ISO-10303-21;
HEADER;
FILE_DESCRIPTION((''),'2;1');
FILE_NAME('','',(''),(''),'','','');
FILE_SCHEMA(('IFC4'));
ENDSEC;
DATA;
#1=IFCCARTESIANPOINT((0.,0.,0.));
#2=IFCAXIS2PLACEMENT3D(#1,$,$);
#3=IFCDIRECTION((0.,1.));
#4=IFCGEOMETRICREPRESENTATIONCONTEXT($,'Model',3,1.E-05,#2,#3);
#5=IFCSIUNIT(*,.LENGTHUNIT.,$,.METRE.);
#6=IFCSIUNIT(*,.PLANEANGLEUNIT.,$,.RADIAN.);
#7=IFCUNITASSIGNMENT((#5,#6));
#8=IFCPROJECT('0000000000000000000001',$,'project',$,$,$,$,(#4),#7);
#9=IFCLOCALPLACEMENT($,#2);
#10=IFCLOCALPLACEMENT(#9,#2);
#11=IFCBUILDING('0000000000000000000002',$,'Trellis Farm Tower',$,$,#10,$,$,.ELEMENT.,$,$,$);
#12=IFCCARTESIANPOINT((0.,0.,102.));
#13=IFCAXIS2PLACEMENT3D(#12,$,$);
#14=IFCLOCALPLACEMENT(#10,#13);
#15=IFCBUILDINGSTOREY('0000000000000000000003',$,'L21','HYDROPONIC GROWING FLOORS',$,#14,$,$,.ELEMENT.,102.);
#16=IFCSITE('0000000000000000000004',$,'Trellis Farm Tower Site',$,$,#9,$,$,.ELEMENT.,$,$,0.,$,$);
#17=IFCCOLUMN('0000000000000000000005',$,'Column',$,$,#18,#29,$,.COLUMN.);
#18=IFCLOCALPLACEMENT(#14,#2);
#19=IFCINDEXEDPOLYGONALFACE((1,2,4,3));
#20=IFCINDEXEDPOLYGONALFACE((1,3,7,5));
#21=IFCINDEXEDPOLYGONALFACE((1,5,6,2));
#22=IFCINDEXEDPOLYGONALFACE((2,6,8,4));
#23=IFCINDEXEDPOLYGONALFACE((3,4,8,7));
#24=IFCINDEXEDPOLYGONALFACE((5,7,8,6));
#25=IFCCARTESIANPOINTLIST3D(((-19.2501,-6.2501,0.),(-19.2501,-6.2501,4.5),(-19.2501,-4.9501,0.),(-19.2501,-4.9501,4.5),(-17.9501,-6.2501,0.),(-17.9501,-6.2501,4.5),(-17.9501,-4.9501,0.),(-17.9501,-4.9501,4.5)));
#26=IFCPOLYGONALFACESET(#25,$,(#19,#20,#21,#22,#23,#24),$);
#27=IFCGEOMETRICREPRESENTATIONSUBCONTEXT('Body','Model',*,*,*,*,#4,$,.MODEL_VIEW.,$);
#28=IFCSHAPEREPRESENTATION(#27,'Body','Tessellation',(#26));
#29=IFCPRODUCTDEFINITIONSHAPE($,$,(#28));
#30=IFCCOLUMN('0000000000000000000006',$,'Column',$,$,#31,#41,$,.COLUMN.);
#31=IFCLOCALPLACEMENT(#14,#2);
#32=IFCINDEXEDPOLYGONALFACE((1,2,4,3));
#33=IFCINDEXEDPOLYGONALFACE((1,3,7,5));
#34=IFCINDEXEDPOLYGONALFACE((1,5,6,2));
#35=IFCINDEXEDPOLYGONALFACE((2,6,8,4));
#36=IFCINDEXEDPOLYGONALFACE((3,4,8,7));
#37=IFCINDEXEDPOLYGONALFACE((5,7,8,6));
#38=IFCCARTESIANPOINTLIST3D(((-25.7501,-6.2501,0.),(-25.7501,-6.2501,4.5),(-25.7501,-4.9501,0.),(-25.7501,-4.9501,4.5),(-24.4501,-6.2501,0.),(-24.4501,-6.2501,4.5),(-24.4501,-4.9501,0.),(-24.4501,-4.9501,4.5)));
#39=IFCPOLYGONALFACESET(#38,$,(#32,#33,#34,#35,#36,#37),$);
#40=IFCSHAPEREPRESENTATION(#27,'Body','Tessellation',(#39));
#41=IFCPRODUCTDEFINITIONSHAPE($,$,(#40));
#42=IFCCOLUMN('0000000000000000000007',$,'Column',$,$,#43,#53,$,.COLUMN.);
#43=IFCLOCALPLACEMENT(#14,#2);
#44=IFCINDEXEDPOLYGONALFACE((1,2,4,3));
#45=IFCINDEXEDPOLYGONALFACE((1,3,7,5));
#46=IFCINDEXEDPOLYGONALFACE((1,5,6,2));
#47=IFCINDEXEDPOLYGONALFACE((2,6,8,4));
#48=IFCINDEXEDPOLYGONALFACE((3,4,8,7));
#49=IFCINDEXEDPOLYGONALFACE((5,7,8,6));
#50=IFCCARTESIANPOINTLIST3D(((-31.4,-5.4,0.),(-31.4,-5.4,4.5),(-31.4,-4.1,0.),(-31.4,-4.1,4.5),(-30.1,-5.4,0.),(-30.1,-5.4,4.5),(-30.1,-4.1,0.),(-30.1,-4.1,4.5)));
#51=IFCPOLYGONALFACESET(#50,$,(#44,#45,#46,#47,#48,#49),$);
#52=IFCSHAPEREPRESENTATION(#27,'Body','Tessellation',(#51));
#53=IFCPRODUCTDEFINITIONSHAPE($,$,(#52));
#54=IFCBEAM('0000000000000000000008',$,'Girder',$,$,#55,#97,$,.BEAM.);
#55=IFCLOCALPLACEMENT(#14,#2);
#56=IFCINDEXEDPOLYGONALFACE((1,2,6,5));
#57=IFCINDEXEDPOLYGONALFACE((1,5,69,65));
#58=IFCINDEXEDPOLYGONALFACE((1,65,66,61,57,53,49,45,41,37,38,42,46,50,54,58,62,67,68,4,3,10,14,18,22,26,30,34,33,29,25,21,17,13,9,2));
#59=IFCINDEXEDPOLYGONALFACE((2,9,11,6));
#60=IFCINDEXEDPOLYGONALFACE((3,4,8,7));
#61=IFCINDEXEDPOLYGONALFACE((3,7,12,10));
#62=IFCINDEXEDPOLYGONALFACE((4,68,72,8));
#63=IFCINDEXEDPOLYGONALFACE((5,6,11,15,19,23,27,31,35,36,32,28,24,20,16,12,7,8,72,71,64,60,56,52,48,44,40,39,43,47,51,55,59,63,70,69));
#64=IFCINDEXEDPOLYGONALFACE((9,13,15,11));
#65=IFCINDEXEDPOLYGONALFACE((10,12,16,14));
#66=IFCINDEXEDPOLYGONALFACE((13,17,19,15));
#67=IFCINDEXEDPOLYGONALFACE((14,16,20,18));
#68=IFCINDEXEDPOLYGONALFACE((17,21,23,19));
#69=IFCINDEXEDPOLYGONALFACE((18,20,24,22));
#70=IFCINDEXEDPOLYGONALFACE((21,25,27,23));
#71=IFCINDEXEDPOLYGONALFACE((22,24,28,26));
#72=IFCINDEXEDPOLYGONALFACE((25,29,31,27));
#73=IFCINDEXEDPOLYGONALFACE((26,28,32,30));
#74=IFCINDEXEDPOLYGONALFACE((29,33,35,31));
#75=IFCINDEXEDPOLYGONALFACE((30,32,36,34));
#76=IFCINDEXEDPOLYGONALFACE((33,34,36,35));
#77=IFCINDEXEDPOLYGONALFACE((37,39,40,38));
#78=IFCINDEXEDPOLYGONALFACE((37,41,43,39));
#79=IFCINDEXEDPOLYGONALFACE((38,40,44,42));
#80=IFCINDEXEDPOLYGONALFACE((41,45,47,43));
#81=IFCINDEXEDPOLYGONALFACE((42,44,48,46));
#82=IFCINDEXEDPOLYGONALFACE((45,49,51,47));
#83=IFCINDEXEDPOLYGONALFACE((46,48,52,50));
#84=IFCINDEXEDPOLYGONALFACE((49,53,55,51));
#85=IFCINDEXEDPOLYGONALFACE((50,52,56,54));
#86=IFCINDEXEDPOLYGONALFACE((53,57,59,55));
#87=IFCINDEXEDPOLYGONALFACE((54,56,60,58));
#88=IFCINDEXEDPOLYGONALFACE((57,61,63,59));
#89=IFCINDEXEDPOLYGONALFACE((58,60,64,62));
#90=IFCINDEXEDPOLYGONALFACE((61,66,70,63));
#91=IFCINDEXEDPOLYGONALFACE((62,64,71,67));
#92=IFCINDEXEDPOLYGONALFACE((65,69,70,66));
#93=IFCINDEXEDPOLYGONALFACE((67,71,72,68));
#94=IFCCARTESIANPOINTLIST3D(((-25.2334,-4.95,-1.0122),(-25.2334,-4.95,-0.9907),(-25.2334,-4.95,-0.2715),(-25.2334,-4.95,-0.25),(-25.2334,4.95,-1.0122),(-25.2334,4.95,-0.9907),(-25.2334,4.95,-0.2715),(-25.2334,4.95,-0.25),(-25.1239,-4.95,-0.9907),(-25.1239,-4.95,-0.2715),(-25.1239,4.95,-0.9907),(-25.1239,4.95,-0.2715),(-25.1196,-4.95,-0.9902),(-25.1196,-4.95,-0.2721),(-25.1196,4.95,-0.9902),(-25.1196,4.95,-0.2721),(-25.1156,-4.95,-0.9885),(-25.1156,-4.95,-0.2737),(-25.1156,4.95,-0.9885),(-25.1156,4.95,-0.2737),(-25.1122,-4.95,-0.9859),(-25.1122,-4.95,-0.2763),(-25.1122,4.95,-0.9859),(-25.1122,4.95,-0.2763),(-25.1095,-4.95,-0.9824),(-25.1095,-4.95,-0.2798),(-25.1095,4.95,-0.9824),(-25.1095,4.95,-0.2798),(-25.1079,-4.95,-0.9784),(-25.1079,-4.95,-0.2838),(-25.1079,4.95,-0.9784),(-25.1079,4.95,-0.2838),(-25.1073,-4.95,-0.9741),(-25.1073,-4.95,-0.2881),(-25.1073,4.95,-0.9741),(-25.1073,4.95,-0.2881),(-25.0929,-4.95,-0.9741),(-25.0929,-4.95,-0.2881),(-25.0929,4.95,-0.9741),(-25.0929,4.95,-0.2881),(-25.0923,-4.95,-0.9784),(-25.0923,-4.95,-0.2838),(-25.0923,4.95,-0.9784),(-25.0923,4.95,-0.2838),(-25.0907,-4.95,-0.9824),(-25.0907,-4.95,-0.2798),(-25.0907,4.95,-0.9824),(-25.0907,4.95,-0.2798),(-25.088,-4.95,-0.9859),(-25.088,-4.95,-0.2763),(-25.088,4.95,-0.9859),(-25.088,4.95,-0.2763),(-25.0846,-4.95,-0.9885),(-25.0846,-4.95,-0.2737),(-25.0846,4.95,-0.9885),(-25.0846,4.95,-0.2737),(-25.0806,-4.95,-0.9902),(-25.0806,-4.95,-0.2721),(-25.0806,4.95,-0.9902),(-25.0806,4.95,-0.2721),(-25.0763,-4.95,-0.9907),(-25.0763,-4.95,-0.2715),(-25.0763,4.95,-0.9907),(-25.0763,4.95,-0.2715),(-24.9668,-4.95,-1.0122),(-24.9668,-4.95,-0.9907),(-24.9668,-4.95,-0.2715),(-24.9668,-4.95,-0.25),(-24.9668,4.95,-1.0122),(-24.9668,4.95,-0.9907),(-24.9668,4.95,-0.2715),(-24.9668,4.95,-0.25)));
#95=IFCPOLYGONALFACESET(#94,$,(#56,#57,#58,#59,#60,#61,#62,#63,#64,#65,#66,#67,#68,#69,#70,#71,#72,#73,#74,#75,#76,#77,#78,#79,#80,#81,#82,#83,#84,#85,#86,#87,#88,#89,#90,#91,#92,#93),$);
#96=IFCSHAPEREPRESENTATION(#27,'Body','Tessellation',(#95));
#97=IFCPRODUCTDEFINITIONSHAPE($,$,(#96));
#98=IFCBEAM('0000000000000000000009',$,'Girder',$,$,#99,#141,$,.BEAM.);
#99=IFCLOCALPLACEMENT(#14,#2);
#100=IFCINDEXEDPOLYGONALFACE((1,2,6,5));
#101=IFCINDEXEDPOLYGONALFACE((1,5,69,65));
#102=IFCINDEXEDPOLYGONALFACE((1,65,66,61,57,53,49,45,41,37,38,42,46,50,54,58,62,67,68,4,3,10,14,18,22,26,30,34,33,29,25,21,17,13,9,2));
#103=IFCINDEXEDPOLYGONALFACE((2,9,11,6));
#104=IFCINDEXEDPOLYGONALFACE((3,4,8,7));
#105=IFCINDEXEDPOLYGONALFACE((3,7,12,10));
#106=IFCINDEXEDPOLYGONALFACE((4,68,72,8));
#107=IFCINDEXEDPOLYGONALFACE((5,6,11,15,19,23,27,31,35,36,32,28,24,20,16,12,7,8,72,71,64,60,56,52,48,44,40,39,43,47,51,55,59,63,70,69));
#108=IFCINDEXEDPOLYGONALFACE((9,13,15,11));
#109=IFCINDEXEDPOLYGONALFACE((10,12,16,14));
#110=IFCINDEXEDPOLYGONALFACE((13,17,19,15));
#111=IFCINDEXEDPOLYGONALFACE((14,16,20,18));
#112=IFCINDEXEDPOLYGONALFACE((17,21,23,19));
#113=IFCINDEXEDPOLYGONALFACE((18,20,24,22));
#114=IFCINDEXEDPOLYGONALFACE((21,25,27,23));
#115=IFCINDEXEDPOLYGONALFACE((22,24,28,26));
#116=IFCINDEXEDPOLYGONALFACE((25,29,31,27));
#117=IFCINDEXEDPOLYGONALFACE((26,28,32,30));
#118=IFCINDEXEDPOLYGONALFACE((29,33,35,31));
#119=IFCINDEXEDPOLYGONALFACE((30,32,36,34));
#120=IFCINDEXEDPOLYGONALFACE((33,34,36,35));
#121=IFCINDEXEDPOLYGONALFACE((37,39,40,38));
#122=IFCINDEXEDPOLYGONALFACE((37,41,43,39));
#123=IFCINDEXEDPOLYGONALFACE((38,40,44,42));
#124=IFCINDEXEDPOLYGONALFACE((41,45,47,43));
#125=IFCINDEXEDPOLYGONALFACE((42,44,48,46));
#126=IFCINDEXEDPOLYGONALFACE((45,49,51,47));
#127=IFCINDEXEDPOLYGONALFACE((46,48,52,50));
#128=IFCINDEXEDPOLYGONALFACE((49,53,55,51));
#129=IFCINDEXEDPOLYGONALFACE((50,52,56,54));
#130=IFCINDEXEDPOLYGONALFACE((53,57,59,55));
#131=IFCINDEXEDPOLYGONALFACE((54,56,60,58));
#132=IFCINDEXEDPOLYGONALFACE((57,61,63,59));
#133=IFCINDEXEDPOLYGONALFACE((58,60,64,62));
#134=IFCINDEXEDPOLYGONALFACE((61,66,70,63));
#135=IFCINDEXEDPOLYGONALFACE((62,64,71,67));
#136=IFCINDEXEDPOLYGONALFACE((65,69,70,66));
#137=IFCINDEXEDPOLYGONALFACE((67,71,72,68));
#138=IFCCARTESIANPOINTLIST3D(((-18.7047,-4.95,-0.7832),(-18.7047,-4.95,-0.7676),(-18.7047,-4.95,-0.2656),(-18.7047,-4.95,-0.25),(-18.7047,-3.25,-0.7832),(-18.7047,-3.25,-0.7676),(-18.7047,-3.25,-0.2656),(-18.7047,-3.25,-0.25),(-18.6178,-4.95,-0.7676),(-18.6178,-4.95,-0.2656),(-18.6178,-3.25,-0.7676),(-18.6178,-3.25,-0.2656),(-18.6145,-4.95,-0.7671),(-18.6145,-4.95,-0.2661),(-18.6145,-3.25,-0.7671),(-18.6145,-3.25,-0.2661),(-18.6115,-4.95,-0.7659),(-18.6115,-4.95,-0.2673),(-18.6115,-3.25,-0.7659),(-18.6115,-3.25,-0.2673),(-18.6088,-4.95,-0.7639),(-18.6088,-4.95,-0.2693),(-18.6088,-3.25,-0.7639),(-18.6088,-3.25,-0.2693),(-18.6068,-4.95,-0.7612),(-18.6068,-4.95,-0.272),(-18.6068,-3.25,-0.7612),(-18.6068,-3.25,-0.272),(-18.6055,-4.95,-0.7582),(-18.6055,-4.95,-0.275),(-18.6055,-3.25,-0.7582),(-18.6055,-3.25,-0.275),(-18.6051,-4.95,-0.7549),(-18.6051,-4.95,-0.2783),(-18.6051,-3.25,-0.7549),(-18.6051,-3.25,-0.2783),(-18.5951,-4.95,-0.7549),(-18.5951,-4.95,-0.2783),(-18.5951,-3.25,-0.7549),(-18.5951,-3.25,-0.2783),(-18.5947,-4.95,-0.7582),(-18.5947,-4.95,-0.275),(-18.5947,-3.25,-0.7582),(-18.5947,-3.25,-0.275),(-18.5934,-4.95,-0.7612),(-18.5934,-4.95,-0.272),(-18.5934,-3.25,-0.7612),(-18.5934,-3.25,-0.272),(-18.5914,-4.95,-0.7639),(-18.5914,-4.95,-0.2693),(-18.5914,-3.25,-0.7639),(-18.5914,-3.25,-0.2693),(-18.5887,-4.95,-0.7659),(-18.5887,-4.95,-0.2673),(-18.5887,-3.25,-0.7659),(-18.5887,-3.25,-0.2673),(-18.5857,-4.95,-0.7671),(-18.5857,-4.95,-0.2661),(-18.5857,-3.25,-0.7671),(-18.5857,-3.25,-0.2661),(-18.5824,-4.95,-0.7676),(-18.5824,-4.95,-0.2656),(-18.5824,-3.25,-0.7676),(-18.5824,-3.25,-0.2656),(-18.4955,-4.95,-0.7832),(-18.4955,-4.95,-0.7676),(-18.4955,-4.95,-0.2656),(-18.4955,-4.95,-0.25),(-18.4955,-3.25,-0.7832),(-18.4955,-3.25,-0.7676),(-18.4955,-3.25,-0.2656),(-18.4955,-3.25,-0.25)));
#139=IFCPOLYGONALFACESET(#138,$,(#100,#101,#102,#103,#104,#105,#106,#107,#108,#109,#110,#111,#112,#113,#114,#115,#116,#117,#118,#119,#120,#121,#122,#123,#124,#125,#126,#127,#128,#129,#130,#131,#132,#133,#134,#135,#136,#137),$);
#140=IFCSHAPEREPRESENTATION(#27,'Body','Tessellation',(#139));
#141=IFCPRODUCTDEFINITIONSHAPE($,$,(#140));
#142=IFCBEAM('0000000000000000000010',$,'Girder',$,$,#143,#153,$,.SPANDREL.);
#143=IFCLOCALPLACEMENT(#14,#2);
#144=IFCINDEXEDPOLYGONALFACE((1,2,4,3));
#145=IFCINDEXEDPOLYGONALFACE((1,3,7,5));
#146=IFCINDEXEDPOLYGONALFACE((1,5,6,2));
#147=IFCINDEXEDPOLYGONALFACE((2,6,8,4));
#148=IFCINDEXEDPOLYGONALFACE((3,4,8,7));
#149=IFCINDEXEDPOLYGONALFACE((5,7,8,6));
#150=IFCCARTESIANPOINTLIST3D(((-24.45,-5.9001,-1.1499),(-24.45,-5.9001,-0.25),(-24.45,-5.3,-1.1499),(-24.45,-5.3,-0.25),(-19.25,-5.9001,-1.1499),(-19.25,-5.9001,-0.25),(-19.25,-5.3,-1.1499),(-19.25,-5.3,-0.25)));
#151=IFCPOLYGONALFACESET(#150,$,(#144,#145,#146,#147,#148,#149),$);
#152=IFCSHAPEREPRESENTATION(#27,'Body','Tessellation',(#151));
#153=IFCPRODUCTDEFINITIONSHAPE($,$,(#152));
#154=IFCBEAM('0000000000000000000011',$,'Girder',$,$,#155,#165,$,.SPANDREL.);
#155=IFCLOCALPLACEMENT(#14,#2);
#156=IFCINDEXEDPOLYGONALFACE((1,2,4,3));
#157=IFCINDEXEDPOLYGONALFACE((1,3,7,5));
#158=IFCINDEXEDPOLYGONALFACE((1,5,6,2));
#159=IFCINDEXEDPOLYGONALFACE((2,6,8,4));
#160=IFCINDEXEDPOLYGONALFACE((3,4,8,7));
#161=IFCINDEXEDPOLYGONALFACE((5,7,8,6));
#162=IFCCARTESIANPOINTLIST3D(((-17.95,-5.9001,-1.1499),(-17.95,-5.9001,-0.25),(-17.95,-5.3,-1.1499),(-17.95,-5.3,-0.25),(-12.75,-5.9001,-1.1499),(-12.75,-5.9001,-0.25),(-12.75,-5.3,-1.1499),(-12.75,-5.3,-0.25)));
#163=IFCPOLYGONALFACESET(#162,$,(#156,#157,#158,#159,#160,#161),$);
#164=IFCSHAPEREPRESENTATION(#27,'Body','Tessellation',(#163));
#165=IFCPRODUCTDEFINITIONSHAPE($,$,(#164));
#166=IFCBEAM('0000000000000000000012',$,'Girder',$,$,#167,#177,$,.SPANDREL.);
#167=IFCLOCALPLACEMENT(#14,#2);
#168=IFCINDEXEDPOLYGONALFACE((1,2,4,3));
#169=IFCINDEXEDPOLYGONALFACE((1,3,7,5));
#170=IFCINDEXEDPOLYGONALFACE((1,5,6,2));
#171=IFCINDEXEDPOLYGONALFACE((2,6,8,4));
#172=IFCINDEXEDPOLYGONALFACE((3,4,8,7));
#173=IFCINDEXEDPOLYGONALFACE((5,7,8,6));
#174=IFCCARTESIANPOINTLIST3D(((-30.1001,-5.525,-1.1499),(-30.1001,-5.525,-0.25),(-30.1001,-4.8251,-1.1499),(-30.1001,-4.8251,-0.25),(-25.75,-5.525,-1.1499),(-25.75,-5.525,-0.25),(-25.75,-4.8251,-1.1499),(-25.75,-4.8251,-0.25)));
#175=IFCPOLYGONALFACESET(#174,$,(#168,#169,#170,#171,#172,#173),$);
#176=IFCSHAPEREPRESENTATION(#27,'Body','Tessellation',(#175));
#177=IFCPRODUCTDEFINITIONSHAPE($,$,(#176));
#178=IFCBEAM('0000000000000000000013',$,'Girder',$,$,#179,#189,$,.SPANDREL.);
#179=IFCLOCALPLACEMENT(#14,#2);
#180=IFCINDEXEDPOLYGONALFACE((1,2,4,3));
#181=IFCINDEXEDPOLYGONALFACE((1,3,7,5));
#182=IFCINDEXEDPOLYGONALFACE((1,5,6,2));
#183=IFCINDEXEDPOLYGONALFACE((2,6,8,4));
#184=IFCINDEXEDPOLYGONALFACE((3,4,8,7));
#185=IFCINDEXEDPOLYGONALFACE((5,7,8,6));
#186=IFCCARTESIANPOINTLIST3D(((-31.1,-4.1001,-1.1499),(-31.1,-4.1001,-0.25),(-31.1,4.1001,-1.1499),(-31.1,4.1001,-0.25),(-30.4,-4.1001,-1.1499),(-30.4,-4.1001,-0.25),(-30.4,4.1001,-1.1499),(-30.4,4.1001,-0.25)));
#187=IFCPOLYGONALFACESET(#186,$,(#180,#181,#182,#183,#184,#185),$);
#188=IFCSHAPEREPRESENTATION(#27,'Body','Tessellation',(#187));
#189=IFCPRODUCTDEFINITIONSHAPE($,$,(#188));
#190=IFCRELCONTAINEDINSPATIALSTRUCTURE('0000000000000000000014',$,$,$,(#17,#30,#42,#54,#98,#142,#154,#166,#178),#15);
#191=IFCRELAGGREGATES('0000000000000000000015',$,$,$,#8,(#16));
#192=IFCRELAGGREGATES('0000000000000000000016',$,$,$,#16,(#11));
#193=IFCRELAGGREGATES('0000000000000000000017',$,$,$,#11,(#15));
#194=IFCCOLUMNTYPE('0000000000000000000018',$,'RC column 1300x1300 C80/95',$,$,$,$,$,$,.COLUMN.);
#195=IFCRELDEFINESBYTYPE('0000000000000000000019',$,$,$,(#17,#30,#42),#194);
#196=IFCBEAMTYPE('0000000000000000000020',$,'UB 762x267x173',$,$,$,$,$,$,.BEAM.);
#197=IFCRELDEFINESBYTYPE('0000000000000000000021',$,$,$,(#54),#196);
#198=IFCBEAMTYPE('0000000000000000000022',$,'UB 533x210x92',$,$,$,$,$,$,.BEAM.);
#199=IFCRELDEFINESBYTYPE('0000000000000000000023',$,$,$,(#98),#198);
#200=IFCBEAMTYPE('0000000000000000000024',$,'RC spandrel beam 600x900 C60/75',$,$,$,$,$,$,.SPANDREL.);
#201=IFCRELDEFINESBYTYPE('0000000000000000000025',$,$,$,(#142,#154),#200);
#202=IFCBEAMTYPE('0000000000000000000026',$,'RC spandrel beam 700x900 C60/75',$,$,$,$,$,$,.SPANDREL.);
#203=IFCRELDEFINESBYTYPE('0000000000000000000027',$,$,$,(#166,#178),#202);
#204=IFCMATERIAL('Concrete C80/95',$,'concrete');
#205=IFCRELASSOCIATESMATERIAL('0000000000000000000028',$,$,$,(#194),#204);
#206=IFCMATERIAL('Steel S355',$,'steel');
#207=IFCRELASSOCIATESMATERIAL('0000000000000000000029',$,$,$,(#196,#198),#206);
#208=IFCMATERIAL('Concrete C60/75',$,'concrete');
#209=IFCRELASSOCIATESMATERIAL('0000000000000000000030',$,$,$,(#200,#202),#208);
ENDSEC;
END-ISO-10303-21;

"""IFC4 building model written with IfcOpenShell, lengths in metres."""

from ifc_helpers import new_model, si_unit, direction, frame, origin, origin_2d, place, context, subcontext, project, spatial, rectangle, i_section, extrude, source, transform, mapped, material, material_profile, profile_set, type_object, element, save


model = new_model("IFC4")

# Units and contexts
model_context = context("Model", 3, precision=1e-05, world=origin(), true_north=direction((0.0, 1.0)))
body_context = subcontext(model_context, "Body", "Model", "MODEL_VIEW")
ifc_project = project(units=[si_unit("LENGTHUNIT", "METRE"), si_unit("PLANEANGLEUNIT", "RADIAN")], contexts=[model_context])

# Site, building, storey
site_placement = place(None, origin())
site = spatial("IfcSite", under=ifc_project, at=site_placement, Name="Trellis Farm Tower Site", CompositionType="ELEMENT", RefElevation=0.0)
building_placement = place(site_placement, origin())
building = spatial("IfcBuilding", under=site, at=building_placement, Name="Trellis Farm Tower", CompositionType="ELEMENT")
storey_placement = place(building_placement, frame((0.0, 0.0, 102.0)))
storey = spatial("IfcBuildingStorey", under=building, at=storey_placement, Name="L21", Description="HYDROPONIC GROWING FLOORS", CompositionType="ELEMENT", Elevation=102.0)

# Columns
ifc_material_1 = material(Name="Concrete C80/95", Category="concrete")
ifc_material_profile_1 = material_profile(ifc_material_1, rectangle(XDim=1.3, YDim=1.3, at=origin_2d()), Name="RC column 1300x1300 C80/95")
ifc_profile_set_1 = profile_set([ifc_material_profile_1], Name="Concrete C80/95")
column_type = type_object("IfcColumnType", Name="RC column 1300x1300 C80/95", PredefinedType="COLUMN", material=ifc_profile_set_1)
shared_shape_1 = source(origin(), body_context, "Body", "SweptSolid", [
    extrude(rectangle(XDim=1.3, YDim=1.3, at=origin_2d()), origin(), (0.0, 0.0, 1.0), 4.5),
])
for number, where, z_axis, x_axis, name in (
    (1, (-18.6001, -5.6001, 0.0), (0.0, 0.0, 1.0), (1.0, 0.0, 0.0), "Column"),
    (2, (-25.1001, -5.6001, 0.0), (0.0, 0.0, 1.0), (1.0, 0.0, 0.0), "Column"),
    (3, (-30.75, -4.75, 0.0), (0.0, 0.0, 1.0), (1.0, 0.0, 0.0), "Column"),
):
    element("IfcColumn", number, at=place(storey_placement, frame(where, z_axis=z_axis, x_axis=x_axis)), inside=storey, type_object=column_type, Name=name, PredefinedType="COLUMN", context=body_context, shape_type="MappedRepresentation", body=[
        mapped(shared_shape_1, transform((0.0, 0.0, 0.0))),
    ])

# Beams
ifc_material_2 = material(Name="Steel S355", Category="steel")
ifc_material_profile_2 = material_profile(ifc_material_2, i_section(OverallWidth=0.2666, OverallDepth=0.7622, WebThickness=0.0144, FlangeThickness=0.0215, FilletRadius=0.0166, at=origin_2d()), Name="UB 762x267x173")
ifc_profile_set_2 = profile_set([ifc_material_profile_2], Name="Steel S355")
beam_type_1 = type_object("IfcBeamType", Name="UB 762x267x173", PredefinedType="BEAM", material=ifc_profile_set_2)
shared_shape_2 = source(origin(), body_context, "Body", "SweptSolid", [
    extrude(i_section(OverallWidth=0.2666, OverallDepth=0.7622, WebThickness=0.0144, FlangeThickness=0.0215, FilletRadius=0.0166, at=origin_2d()), origin(), (0.0, 0.0, 1.0), 9.8999),
])
beam_1_placement = place(storey_placement, frame((-25.1001, -4.95, -0.6311), z_axis=(0.0, 1.0, 0.0), x_axis=(-1.0, 0.0, 0.0)))
element("IfcBeam", 4, at=beam_1_placement, inside=storey, type_object=beam_type_1, Name="Girder", PredefinedType="BEAM", context=body_context, shape_type="MappedRepresentation", body=[
    mapped(shared_shape_2, transform((0.0, 0.0, 0.0))),
])
ifc_material_profile_3 = material_profile(ifc_material_2, i_section(OverallWidth=0.2092, OverallDepth=0.5332, WebThickness=0.01, FlangeThickness=0.0156, FilletRadius=0.0127, at=origin_2d()), Name="UB 533x210x92")
ifc_profile_set_3 = profile_set([ifc_material_profile_3], Name="Steel S355")
beam_type_2 = type_object("IfcBeamType", Name="UB 533x210x92", PredefinedType="BEAM", material=ifc_profile_set_3)
shared_shape_3 = source(origin(), body_context, "Body", "SweptSolid", [
    extrude(i_section(OverallWidth=0.2092, OverallDepth=0.5332, WebThickness=0.01, FlangeThickness=0.0156, FilletRadius=0.0127, at=origin_2d()), origin(), (0.0, 0.0, 1.0), 1.7),
])
beam_2_placement = place(storey_placement, frame((-18.6001, -4.95, -0.5166), z_axis=(0.0, 1.0, 0.0), x_axis=(-1.0, 0.0, 0.0)))
element("IfcBeam", 5, at=beam_2_placement, inside=storey, type_object=beam_type_2, Name="Girder", PredefinedType="BEAM", context=body_context, shape_type="MappedRepresentation", body=[
    mapped(shared_shape_3, transform((0.0, 0.0, 0.0))),
])
ifc_material_3 = material(Name="Concrete C60/75", Category="concrete")
ifc_material_profile_4 = material_profile(ifc_material_3, rectangle(XDim=0.6001, YDim=0.8999, at=origin_2d()), Name="RC spandrel beam 600x900 C60/75")
ifc_profile_set_4 = profile_set([ifc_material_profile_4], Name="Concrete C60/75")
beam_type_3 = type_object("IfcBeamType", Name="RC spandrel beam 600x900 C60/75", PredefinedType="SPANDREL", material=ifc_profile_set_4)
shared_shape_4 = source(origin(), body_context, "Body", "SweptSolid", [
    extrude(rectangle(XDim=0.6001, YDim=0.8999, at=origin_2d()), origin(), (0.0, 0.0, 1.0), 5.2),
])
for number, where, z_axis, x_axis, name in (
    (6, (-24.45, -5.6001, -0.7), (1.0, 0.0, 0.0), (0.0, 1.0, 0.0), "Girder"),
    (7, (-17.95, -5.6001, -0.7), (1.0, 0.0, 0.0), (0.0, 1.0, 0.0), "Girder"),
):
    element("IfcBeam", number, at=place(storey_placement, frame(where, z_axis=z_axis, x_axis=x_axis)), inside=storey, type_object=beam_type_3, Name=name, PredefinedType="SPANDREL", context=body_context, shape_type="MappedRepresentation", body=[
        mapped(shared_shape_4, transform((0.0, 0.0, 0.0))),
    ])
ifc_material_profile_5 = material_profile(ifc_material_3, rectangle(XDim=0.7, YDim=0.8999, at=origin_2d()), Name="RC spandrel beam 700x900 C60/75")
ifc_profile_set_5 = profile_set([ifc_material_profile_5], Name="Concrete C60/75")
beam_type_4 = type_object("IfcBeamType", Name="RC spandrel beam 700x900 C60/75", PredefinedType="SPANDREL", material=ifc_profile_set_5)
shared_shape_5 = source(origin(), body_context, "Body", "SweptSolid", [
    extrude(rectangle(XDim=0.7, YDim=0.8999, at=origin_2d()), origin(), (0.0, 0.0, 1.0), 4.3501),
])
beam_3_placement = place(storey_placement, frame((-30.1001, -5.175, -0.7), z_axis=(1.0, 0.0, 0.0), x_axis=(0.0, 1.0, 0.0)))
element("IfcBeam", 8, at=beam_3_placement, inside=storey, type_object=beam_type_4, Name="Girder", PredefinedType="SPANDREL", context=body_context, shape_type="MappedRepresentation", body=[
    mapped(shared_shape_5, transform((0.0, 0.0, 0.0))),
])
shared_shape_6 = source(origin(), body_context, "Body", "SweptSolid", [
    extrude(rectangle(XDim=0.7, YDim=0.8999, at=origin_2d()), origin(), (0.0, 0.0, 1.0), 8.2002),
])
beam_4_placement = place(storey_placement, frame((-30.75, -4.1001, -0.7), z_axis=(0.0, 1.0, 0.0), x_axis=(-1.0, 0.0, 0.0)))
element("IfcBeam", 9, at=beam_4_placement, inside=storey, type_object=beam_type_4, Name="Girder", PredefinedType="SPANDREL", context=body_context, shape_type="MappedRepresentation", body=[
    mapped(shared_shape_6, transform((0.0, 0.0, 0.0))),
])

save(model, "model.ifc")
